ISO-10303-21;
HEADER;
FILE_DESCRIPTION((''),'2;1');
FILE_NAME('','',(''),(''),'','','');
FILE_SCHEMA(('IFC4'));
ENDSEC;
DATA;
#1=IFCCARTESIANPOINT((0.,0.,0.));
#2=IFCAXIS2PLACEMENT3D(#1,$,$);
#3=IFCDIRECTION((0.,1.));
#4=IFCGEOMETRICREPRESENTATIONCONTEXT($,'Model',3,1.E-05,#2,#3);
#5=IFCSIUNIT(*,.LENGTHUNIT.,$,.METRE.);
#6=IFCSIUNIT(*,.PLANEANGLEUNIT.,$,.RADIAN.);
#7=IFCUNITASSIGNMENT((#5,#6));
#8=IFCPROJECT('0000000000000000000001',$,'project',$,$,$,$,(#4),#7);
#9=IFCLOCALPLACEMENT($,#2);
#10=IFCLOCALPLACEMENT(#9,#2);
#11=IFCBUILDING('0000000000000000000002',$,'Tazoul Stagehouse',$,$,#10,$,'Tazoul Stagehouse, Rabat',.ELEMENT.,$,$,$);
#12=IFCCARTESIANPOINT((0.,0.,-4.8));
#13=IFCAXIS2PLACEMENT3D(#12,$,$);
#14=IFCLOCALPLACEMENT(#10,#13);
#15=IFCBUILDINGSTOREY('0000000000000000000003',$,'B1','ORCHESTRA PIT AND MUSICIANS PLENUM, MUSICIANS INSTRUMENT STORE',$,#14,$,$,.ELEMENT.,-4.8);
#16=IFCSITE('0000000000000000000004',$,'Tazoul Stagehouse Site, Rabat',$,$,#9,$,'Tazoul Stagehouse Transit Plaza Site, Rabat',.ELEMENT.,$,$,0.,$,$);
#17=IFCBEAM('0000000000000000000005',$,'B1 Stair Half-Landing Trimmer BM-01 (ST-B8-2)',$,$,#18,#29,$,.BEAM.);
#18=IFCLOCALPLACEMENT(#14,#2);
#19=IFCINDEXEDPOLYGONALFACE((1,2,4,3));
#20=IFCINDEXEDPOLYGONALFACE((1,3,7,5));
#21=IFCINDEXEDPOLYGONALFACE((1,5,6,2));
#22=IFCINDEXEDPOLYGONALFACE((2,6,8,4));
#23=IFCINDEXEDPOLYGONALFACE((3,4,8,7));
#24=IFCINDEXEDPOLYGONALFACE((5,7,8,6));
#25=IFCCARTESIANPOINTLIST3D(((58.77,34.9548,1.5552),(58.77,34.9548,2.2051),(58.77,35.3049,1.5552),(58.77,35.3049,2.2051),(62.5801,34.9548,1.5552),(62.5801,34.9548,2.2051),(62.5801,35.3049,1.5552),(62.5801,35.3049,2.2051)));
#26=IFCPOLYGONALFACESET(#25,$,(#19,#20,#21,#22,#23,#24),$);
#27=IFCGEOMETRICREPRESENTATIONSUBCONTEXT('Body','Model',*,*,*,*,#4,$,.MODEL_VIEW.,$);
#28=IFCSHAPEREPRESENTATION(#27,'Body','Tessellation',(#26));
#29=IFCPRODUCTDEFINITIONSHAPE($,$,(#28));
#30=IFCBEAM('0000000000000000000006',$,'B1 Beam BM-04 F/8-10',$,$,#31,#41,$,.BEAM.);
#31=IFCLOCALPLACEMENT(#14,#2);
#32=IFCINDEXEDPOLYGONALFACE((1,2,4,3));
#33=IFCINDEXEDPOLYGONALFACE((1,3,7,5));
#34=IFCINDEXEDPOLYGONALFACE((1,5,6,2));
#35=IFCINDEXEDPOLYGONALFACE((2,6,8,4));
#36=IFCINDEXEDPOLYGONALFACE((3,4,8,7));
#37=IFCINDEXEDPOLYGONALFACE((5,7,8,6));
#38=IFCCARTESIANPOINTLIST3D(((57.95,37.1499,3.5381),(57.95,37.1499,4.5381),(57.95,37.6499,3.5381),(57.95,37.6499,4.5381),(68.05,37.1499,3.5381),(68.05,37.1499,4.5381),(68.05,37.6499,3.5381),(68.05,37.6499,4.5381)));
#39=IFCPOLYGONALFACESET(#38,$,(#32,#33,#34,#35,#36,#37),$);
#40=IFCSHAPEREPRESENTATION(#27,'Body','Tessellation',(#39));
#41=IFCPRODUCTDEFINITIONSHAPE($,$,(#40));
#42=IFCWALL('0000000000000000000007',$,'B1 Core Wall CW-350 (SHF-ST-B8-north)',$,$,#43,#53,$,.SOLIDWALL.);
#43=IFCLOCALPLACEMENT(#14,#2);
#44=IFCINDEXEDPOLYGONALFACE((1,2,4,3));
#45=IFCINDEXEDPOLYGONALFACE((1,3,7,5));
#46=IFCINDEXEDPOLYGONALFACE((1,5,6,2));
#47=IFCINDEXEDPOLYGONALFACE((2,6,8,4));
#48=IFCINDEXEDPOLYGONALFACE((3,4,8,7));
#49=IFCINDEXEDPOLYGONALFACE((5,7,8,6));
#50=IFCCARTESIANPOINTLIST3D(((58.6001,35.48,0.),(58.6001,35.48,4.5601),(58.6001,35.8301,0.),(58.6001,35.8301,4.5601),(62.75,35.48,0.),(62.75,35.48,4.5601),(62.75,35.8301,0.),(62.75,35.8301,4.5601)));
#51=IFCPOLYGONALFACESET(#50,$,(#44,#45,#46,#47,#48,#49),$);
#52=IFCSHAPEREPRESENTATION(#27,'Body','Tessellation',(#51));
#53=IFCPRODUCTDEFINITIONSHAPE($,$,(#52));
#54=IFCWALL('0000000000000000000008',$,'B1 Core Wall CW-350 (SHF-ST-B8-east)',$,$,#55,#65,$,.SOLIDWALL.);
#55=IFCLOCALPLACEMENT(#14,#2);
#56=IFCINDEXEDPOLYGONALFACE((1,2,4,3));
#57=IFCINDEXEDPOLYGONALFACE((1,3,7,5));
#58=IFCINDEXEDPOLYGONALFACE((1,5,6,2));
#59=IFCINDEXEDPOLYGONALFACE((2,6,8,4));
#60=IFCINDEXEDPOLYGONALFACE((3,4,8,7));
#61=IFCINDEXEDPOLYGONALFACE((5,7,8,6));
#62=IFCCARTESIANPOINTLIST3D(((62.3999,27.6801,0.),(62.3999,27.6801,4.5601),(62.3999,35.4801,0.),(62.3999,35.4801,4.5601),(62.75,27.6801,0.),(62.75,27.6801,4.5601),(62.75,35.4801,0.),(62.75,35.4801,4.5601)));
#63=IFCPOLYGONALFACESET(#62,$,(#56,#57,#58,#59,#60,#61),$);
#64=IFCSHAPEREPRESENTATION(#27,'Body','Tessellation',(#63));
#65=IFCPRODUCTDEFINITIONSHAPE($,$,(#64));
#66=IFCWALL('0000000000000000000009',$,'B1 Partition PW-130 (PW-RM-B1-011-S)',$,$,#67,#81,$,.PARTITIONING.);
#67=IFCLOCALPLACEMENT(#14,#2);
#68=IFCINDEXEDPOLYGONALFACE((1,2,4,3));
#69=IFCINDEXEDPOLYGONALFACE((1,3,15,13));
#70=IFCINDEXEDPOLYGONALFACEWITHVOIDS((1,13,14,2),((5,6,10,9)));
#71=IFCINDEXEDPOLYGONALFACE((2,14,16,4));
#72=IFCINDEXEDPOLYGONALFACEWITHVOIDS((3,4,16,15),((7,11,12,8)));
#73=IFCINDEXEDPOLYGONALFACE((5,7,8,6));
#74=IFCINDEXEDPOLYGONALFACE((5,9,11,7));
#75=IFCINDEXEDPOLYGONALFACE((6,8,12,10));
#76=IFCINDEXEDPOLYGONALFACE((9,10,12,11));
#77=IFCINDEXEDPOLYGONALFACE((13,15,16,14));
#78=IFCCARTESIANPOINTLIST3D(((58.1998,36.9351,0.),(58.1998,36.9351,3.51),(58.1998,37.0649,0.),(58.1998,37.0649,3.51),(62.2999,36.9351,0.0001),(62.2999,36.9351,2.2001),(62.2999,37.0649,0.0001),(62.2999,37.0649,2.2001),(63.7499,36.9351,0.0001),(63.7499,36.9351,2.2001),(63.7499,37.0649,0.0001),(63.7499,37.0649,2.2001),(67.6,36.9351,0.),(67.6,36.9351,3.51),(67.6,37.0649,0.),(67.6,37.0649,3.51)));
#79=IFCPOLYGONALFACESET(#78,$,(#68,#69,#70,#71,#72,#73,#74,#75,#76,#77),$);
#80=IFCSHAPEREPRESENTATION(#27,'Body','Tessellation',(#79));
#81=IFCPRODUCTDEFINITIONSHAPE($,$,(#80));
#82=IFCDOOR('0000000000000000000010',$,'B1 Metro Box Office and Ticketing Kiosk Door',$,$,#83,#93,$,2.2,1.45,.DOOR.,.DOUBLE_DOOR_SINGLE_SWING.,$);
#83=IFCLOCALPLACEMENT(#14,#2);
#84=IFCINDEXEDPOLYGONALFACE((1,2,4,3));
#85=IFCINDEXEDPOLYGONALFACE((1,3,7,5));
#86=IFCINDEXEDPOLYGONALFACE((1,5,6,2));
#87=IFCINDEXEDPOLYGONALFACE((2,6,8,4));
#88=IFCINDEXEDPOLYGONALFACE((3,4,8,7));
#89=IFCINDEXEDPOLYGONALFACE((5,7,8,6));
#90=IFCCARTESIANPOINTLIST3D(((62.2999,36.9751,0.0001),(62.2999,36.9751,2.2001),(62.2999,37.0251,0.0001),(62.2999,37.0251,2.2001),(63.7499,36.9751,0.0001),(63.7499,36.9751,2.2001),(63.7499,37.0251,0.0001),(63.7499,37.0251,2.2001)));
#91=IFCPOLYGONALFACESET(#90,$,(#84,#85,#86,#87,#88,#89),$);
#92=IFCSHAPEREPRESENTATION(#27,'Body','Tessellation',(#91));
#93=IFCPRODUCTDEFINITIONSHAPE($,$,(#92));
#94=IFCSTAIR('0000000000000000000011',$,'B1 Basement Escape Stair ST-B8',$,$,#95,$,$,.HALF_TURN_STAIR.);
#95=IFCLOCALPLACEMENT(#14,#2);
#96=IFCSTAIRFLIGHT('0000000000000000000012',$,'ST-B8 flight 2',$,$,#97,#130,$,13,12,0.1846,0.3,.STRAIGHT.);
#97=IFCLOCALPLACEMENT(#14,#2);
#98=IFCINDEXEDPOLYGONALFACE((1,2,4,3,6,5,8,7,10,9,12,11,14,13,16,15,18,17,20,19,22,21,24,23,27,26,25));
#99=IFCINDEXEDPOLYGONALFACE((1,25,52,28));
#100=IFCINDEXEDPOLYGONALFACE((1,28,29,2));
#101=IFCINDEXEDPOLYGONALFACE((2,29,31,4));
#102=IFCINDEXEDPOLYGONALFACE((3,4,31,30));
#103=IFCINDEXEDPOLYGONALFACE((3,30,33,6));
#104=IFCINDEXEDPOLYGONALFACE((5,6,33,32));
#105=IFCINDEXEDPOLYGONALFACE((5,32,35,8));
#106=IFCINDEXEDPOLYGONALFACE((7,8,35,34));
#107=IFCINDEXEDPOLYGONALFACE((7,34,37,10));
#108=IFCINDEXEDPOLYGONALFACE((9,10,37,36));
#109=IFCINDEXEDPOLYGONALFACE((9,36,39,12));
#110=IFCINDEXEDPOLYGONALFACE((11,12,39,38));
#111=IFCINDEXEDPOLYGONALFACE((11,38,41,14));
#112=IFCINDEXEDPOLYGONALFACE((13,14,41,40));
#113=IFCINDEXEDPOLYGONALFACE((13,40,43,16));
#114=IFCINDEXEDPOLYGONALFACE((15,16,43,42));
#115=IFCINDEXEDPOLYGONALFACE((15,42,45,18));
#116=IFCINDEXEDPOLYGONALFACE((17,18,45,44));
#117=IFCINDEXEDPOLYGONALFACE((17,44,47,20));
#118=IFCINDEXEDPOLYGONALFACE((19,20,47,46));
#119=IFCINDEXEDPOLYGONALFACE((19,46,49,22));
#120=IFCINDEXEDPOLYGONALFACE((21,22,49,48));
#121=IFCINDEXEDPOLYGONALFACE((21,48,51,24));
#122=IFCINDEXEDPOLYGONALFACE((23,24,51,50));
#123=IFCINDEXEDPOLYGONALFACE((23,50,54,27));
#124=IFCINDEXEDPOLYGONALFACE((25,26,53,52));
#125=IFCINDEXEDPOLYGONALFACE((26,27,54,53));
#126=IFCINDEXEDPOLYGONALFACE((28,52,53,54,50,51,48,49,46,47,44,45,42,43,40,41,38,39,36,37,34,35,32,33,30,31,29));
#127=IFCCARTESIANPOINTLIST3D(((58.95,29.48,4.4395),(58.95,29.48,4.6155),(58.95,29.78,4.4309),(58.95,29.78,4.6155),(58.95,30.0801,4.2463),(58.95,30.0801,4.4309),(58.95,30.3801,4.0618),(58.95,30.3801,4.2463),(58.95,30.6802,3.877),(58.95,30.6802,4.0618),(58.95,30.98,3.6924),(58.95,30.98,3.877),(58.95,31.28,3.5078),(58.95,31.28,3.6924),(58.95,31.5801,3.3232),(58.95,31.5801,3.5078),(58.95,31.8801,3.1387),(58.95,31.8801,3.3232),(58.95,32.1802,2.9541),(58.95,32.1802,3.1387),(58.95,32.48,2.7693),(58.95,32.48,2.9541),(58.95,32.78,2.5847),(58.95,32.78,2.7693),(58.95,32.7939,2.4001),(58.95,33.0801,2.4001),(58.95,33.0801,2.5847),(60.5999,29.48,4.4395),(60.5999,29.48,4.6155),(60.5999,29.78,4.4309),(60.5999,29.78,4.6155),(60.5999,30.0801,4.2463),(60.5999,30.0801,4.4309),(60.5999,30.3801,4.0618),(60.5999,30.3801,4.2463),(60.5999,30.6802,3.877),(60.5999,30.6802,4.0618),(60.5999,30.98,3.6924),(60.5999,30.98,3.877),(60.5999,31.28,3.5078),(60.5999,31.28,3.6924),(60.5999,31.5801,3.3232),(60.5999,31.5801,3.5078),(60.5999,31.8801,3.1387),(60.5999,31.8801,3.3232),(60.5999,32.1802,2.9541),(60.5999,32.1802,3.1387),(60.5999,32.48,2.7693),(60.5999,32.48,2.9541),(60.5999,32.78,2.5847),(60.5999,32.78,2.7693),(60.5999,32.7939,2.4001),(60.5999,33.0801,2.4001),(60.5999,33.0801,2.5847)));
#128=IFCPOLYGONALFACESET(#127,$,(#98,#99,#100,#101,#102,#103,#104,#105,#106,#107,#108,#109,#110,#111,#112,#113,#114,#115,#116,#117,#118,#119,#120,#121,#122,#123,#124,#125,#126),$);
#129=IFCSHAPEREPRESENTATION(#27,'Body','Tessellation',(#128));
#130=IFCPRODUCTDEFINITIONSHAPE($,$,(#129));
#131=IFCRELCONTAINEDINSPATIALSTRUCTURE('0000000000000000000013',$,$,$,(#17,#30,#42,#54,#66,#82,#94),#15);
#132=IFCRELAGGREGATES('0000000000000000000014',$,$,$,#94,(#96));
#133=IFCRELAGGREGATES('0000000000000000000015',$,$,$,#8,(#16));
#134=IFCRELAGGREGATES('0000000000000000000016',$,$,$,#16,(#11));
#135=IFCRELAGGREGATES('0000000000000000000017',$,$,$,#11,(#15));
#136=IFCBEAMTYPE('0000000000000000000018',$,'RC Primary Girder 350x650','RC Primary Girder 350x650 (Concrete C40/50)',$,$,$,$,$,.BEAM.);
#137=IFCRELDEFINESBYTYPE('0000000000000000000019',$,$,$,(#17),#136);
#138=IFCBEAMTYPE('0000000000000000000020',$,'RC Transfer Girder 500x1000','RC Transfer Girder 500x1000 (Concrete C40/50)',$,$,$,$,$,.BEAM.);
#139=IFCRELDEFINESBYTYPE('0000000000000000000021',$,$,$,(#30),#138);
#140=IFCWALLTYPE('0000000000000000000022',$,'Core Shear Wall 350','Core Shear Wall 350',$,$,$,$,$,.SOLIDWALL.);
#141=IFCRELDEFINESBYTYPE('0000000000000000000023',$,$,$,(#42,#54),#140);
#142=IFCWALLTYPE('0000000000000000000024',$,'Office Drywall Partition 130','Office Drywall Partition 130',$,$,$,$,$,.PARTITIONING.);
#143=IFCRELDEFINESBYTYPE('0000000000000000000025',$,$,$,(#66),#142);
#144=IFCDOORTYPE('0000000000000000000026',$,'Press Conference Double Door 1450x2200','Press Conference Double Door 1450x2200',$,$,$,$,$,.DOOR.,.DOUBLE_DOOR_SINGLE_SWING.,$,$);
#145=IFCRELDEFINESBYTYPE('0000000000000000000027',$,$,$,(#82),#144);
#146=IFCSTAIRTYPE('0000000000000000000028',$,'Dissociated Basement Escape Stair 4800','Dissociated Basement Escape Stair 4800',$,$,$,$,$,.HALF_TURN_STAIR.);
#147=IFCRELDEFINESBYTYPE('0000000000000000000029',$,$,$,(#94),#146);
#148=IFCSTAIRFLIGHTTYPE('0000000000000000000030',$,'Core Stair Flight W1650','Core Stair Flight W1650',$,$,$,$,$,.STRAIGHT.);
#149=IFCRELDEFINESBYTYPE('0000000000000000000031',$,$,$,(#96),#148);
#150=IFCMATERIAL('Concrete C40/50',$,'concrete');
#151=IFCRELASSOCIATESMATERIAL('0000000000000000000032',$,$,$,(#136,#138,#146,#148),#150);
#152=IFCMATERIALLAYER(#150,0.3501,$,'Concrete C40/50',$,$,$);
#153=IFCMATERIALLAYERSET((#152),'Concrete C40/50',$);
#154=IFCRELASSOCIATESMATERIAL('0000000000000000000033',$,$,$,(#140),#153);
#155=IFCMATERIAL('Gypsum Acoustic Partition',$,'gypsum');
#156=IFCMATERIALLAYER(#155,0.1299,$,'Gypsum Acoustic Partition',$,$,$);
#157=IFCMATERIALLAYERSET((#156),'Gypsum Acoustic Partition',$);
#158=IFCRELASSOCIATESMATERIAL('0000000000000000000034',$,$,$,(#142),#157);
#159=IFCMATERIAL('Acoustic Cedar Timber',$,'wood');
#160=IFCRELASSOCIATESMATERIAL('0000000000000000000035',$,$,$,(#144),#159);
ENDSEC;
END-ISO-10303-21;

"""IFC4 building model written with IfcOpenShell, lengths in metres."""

from ifc_helpers import new_model, si_unit, direction, frame, frame_2d, origin, origin_2d, place, context, subcontext, project, spatial, polyline, rectangle, outline, extrude, material, layer, layer_set, material_profile, profile_set, type_object, element, fill, aggregate, save


model = new_model("IFC4")

# Units and contexts
model_context = context("Model", 3, precision=1e-05, world=origin(), true_north=direction((0.0, 1.0)))
body_context = subcontext(model_context, "Body", "Model", "MODEL_VIEW")
ifc_project = project(units=[si_unit("LENGTHUNIT", "METRE"), si_unit("PLANEANGLEUNIT", "RADIAN")], contexts=[model_context])

# Site, building, storey
site_placement = place(None, origin())
site = spatial("IfcSite", under=ifc_project, at=site_placement, Name="Tazoul Stagehouse Site, Rabat", LongName="Tazoul Stagehouse Transit Plaza Site, Rabat", CompositionType="ELEMENT", RefElevation=0.0)
building_placement = place(site_placement, origin())
building = spatial("IfcBuilding", under=site, at=building_placement, Name="Tazoul Stagehouse", LongName="Tazoul Stagehouse, Rabat", CompositionType="ELEMENT")
storey_placement = place(building_placement, frame((0.0, 0.0, -4.8)))
storey = spatial("IfcBuildingStorey", under=building, at=storey_placement, Name="B1", Description="ORCHESTRA PIT AND MUSICIANS PLENUM, MUSICIANS INSTRUMENT STORE", CompositionType="ELEMENT", Elevation=-4.8)

# Shared definitions
ifc_material_1 = material(Name="Concrete C40/50", Category="concrete")

# Beams
ifc_material_profile_1 = material_profile(ifc_material_1, rectangle(XDim=0.3501, YDim=0.6499, at=origin_2d()), Name="RC 350x650")
ifc_profile_set_1 = profile_set([ifc_material_profile_1], Name="Concrete C40/50")
beam_type_1 = type_object("IfcBeamType", Name="RC Primary Girder 350x650", Description="RC Primary Girder 350x650 (Concrete C40/50)", PredefinedType="BEAM", material=ifc_profile_set_1)
for number, where, z_axis, x_axis, name in (
    (1, (58.77, 35.1299, 1.8801), (1.0, 0.0, 0.0), (0.0, 1.0, 0.0), "B1 Stair Half-Landing Trimmer BM-01 (ST-B8-2)"),
):
    element("IfcBeam", number, at=place(storey_placement, frame(where, z_axis=z_axis, x_axis=x_axis)), inside=storey, type_object=beam_type_1, Name=name, PredefinedType="BEAM", context=body_context, shape_type="SweptSolid", body=[
        extrude(rectangle(XDim=0.3501, YDim=0.6499, at=origin_2d()), origin(), (0.0, 0.0, 1.0), 3.8101),
    ])
ifc_material_profile_2 = material_profile(ifc_material_1, rectangle(XDim=0.5, YDim=1.0, at=origin_2d()), Name="RC 500x1000")
ifc_profile_set_2 = profile_set([ifc_material_profile_2], Name="Concrete C40/50")
beam_type_2 = type_object("IfcBeamType", Name="RC Transfer Girder 500x1000", Description="RC Transfer Girder 500x1000 (Concrete C40/50)", PredefinedType="BEAM", material=ifc_profile_set_2)
beam_1_placement = place(storey_placement, frame((57.95, 37.3999, 4.0381), z_axis=(1.0, 0.0, 0.0), x_axis=(0.0, 1.0, 0.0)))
element("IfcBeam", 2, at=beam_1_placement, inside=storey, type_object=beam_type_2, Name="B1 Beam BM-04 F/8-10", PredefinedType="BEAM", context=body_context, shape_type="SweptSolid", body=[
    extrude(rectangle(XDim=0.5, YDim=1.0, at=origin_2d()), origin(), (0.0, 0.0, 1.0), 10.1001),
])

# Walls
ifc_layer_1 = layer(ifc_material_1, 0.3501, Name="Concrete C40/50")
ifc_layer_set_1 = layer_set([ifc_layer_1], Name="Concrete C40/50")
wall_type_1 = type_object("IfcWallType", Name="Core Shear Wall 350", Description="Core Shear Wall 350", PredefinedType="SOLIDWALL", material=ifc_layer_set_1)
wall_1_placement = place(storey_placement, frame((58.6001, 35.655, 0.0), z_axis=(0.0, 0.0, 1.0), x_axis=(1.0, 0.0, 0.0)))
element("IfcWall", 3, at=wall_1_placement, inside=storey, type_object=wall_type_1, Name="B1 Core Wall CW-350 (SHF-ST-B8-north)", PredefinedType="SOLIDWALL", context=body_context, shape_type="SweptSolid", body=[
    extrude(rectangle(XDim=4.1499, YDim=0.3501, at=frame_2d((2.075, 0.0))), origin(), (0.0, 0.0, 1.0), 4.5601),
])
wall_2_placement = place(storey_placement, frame((62.575, 35.48, 0.0), z_axis=(0.0, 0.0, 1.0), x_axis=(0.0, -1.0, 0.0)))
element("IfcWall", 4, at=wall_2_placement, inside=storey, type_object=wall_type_1, Name="B1 Core Wall CW-350 (SHF-ST-B8-east)", PredefinedType="SOLIDWALL", context=body_context, shape_type="SweptSolid", body=[
    extrude(rectangle(XDim=7.8, YDim=0.3501, at=frame_2d((3.8999, 0.0))), origin(), (0.0, 0.0, 1.0), 4.5601),
])

# Wall, opening, door
ifc_material_2 = material(Name="Gypsum Acoustic Partition", Category="gypsum")
ifc_layer_2 = layer(ifc_material_2, 0.1299, Name="Gypsum Acoustic Partition")
ifc_layer_set_2 = layer_set([ifc_layer_2], Name="Gypsum Acoustic Partition")
wall_type_2 = type_object("IfcWallType", Name="Office Drywall Partition 130", Description="Office Drywall Partition 130", PredefinedType="PARTITIONING", material=ifc_layer_set_2)
wall_3_placement = place(storey_placement, frame((67.6001, 37.0, 0.0), z_axis=(0.0, 0.0, 1.0), x_axis=(-1.0, 0.0, 0.0)))
wall_3 = element("IfcWall", 5, at=wall_3_placement, inside=storey, type_object=wall_type_2, Name="B1 Partition PW-130 (PW-RM-B1-011-S)", PredefinedType="PARTITIONING", context=body_context, shape_type="SweptSolid", body=[
    extrude(rectangle(XDim=9.4001, YDim=0.1299, at=frame_2d((4.7002, 0.0))), origin(), (0.0, 0.0, 1.0), 3.51),
])
opening_placement = place(wall_3_placement, frame((3.8501, 0.0, 0.0)))
opening = element("IfcOpeningElement", 6, at=opening_placement, cuts=wall_3, PredefinedType="OPENING", context=body_context, shape_type="SweptSolid", body=[
    extrude(rectangle(XDim=1.45, YDim=2.2, at=frame_2d((0.7251, 1.1001))), frame((0.0, 0.085, 0.0), z_axis=(0.0, -1.0, 0.0), x_axis=(1.0, 0.0, 0.0)), (0.0, 0.0, 1.0), 0.1699),
])
ifc_material_3 = material(Name="Acoustic Cedar Timber", Category="wood")
door_type = type_object("IfcDoorType", Name="Press Conference Double Door 1450x2200", Description="Press Conference Double Door 1450x2200", OperationType="DOUBLE_DOOR_SINGLE_SWING", PredefinedType="DOOR", material=ifc_material_3)
door_placement = place(opening_placement, origin())
door = element("IfcDoor", 7, at=door_placement, inside=storey, type_object=door_type, Name="B1 Metro Box Office and Ticketing Kiosk Door", OperationType="DOUBLE_DOOR_SINGLE_SWING", OverallHeight=2.2, OverallWidth=1.45, PredefinedType="DOOR", context=body_context, shape_type="SweptSolid", body=[
    extrude(rectangle(XDim=1.45, YDim=2.2, at=frame_2d((0.7251, 1.1001))), frame((0.0, 0.0249, 0.0), z_axis=(0.0, -1.0, 0.0), x_axis=(1.0, 0.0, 0.0)), (0.0, 0.0, 1.0), 0.05),
])
fill(opening, door)

# Stair, stair flight
stair_type = type_object("IfcStairType", Name="Dissociated Basement Escape Stair 4800", Description="Dissociated Basement Escape Stair 4800", PredefinedType="HALF_TURN_STAIR", material=ifc_material_1)
stair_placement = place(storey_placement, origin())
stair = element("IfcStair", 8, at=stair_placement, inside=storey, type_object=stair_type, Name="B1 Basement Escape Stair ST-B8", PredefinedType="HALF_TURN_STAIR")
stair_flight_type = type_object("IfcStairFlightType", Name="Core Stair Flight W1650", Description="Core Stair Flight W1650", PredefinedType="STRAIGHT", material=ifc_material_1)
stair_flight_placement = place(storey_placement, frame((59.7749, 33.0801, 2.4001), z_axis=(0.0, 0.0, 1.0), x_axis=(0.0, -1.0, 0.0)))
stair_flight = element("IfcStairFlight", 9, at=stair_flight_placement, type_object=stair_flight_type, Name="ST-B8 flight 2", NumberOfRisers=13, NumberOfTreads=12, PredefinedType="STRAIGHT", RiserHeight=0.1846, TreadLength=0.3, context=body_context, shape_type="SweptSolid", body=[
    extrude(outline(polyline([(0.0, 0.0), (0.0, 0.1846), (0.3, 0.1846), (0.3, 0.3691), (0.6001, 0.3691), (0.6001, 0.554), (0.8999, 0.554), (0.8999, 0.7385), (1.2, 0.7385), (1.2, 0.9231), (1.5, 0.9231), (1.5, 1.1077), (1.8, 1.1077), (1.8, 1.2922), (2.1001, 1.2922), (2.1001, 1.4768), (2.3999, 1.4768), (2.3999, 1.6616), (2.7, 1.6616), (2.7, 1.8462), (3.0, 1.8462), (3.0, 2.0308), (3.3, 2.0308), (3.3, 2.2153), (3.6001, 2.2153), (3.6001, 2.3999), (3.6001, 2.0393), (0.2861, 0.0), (0.0, 0.0)])), frame((0.0, 0.825, 0.0), z_axis=(0.0, -1.0, 0.0), x_axis=(1.0, 0.0, 0.0)), (0.0, 0.0, 1.0), 1.6499),
])
aggregate(stair, [stair_flight])

save(model, "model.ifc")
